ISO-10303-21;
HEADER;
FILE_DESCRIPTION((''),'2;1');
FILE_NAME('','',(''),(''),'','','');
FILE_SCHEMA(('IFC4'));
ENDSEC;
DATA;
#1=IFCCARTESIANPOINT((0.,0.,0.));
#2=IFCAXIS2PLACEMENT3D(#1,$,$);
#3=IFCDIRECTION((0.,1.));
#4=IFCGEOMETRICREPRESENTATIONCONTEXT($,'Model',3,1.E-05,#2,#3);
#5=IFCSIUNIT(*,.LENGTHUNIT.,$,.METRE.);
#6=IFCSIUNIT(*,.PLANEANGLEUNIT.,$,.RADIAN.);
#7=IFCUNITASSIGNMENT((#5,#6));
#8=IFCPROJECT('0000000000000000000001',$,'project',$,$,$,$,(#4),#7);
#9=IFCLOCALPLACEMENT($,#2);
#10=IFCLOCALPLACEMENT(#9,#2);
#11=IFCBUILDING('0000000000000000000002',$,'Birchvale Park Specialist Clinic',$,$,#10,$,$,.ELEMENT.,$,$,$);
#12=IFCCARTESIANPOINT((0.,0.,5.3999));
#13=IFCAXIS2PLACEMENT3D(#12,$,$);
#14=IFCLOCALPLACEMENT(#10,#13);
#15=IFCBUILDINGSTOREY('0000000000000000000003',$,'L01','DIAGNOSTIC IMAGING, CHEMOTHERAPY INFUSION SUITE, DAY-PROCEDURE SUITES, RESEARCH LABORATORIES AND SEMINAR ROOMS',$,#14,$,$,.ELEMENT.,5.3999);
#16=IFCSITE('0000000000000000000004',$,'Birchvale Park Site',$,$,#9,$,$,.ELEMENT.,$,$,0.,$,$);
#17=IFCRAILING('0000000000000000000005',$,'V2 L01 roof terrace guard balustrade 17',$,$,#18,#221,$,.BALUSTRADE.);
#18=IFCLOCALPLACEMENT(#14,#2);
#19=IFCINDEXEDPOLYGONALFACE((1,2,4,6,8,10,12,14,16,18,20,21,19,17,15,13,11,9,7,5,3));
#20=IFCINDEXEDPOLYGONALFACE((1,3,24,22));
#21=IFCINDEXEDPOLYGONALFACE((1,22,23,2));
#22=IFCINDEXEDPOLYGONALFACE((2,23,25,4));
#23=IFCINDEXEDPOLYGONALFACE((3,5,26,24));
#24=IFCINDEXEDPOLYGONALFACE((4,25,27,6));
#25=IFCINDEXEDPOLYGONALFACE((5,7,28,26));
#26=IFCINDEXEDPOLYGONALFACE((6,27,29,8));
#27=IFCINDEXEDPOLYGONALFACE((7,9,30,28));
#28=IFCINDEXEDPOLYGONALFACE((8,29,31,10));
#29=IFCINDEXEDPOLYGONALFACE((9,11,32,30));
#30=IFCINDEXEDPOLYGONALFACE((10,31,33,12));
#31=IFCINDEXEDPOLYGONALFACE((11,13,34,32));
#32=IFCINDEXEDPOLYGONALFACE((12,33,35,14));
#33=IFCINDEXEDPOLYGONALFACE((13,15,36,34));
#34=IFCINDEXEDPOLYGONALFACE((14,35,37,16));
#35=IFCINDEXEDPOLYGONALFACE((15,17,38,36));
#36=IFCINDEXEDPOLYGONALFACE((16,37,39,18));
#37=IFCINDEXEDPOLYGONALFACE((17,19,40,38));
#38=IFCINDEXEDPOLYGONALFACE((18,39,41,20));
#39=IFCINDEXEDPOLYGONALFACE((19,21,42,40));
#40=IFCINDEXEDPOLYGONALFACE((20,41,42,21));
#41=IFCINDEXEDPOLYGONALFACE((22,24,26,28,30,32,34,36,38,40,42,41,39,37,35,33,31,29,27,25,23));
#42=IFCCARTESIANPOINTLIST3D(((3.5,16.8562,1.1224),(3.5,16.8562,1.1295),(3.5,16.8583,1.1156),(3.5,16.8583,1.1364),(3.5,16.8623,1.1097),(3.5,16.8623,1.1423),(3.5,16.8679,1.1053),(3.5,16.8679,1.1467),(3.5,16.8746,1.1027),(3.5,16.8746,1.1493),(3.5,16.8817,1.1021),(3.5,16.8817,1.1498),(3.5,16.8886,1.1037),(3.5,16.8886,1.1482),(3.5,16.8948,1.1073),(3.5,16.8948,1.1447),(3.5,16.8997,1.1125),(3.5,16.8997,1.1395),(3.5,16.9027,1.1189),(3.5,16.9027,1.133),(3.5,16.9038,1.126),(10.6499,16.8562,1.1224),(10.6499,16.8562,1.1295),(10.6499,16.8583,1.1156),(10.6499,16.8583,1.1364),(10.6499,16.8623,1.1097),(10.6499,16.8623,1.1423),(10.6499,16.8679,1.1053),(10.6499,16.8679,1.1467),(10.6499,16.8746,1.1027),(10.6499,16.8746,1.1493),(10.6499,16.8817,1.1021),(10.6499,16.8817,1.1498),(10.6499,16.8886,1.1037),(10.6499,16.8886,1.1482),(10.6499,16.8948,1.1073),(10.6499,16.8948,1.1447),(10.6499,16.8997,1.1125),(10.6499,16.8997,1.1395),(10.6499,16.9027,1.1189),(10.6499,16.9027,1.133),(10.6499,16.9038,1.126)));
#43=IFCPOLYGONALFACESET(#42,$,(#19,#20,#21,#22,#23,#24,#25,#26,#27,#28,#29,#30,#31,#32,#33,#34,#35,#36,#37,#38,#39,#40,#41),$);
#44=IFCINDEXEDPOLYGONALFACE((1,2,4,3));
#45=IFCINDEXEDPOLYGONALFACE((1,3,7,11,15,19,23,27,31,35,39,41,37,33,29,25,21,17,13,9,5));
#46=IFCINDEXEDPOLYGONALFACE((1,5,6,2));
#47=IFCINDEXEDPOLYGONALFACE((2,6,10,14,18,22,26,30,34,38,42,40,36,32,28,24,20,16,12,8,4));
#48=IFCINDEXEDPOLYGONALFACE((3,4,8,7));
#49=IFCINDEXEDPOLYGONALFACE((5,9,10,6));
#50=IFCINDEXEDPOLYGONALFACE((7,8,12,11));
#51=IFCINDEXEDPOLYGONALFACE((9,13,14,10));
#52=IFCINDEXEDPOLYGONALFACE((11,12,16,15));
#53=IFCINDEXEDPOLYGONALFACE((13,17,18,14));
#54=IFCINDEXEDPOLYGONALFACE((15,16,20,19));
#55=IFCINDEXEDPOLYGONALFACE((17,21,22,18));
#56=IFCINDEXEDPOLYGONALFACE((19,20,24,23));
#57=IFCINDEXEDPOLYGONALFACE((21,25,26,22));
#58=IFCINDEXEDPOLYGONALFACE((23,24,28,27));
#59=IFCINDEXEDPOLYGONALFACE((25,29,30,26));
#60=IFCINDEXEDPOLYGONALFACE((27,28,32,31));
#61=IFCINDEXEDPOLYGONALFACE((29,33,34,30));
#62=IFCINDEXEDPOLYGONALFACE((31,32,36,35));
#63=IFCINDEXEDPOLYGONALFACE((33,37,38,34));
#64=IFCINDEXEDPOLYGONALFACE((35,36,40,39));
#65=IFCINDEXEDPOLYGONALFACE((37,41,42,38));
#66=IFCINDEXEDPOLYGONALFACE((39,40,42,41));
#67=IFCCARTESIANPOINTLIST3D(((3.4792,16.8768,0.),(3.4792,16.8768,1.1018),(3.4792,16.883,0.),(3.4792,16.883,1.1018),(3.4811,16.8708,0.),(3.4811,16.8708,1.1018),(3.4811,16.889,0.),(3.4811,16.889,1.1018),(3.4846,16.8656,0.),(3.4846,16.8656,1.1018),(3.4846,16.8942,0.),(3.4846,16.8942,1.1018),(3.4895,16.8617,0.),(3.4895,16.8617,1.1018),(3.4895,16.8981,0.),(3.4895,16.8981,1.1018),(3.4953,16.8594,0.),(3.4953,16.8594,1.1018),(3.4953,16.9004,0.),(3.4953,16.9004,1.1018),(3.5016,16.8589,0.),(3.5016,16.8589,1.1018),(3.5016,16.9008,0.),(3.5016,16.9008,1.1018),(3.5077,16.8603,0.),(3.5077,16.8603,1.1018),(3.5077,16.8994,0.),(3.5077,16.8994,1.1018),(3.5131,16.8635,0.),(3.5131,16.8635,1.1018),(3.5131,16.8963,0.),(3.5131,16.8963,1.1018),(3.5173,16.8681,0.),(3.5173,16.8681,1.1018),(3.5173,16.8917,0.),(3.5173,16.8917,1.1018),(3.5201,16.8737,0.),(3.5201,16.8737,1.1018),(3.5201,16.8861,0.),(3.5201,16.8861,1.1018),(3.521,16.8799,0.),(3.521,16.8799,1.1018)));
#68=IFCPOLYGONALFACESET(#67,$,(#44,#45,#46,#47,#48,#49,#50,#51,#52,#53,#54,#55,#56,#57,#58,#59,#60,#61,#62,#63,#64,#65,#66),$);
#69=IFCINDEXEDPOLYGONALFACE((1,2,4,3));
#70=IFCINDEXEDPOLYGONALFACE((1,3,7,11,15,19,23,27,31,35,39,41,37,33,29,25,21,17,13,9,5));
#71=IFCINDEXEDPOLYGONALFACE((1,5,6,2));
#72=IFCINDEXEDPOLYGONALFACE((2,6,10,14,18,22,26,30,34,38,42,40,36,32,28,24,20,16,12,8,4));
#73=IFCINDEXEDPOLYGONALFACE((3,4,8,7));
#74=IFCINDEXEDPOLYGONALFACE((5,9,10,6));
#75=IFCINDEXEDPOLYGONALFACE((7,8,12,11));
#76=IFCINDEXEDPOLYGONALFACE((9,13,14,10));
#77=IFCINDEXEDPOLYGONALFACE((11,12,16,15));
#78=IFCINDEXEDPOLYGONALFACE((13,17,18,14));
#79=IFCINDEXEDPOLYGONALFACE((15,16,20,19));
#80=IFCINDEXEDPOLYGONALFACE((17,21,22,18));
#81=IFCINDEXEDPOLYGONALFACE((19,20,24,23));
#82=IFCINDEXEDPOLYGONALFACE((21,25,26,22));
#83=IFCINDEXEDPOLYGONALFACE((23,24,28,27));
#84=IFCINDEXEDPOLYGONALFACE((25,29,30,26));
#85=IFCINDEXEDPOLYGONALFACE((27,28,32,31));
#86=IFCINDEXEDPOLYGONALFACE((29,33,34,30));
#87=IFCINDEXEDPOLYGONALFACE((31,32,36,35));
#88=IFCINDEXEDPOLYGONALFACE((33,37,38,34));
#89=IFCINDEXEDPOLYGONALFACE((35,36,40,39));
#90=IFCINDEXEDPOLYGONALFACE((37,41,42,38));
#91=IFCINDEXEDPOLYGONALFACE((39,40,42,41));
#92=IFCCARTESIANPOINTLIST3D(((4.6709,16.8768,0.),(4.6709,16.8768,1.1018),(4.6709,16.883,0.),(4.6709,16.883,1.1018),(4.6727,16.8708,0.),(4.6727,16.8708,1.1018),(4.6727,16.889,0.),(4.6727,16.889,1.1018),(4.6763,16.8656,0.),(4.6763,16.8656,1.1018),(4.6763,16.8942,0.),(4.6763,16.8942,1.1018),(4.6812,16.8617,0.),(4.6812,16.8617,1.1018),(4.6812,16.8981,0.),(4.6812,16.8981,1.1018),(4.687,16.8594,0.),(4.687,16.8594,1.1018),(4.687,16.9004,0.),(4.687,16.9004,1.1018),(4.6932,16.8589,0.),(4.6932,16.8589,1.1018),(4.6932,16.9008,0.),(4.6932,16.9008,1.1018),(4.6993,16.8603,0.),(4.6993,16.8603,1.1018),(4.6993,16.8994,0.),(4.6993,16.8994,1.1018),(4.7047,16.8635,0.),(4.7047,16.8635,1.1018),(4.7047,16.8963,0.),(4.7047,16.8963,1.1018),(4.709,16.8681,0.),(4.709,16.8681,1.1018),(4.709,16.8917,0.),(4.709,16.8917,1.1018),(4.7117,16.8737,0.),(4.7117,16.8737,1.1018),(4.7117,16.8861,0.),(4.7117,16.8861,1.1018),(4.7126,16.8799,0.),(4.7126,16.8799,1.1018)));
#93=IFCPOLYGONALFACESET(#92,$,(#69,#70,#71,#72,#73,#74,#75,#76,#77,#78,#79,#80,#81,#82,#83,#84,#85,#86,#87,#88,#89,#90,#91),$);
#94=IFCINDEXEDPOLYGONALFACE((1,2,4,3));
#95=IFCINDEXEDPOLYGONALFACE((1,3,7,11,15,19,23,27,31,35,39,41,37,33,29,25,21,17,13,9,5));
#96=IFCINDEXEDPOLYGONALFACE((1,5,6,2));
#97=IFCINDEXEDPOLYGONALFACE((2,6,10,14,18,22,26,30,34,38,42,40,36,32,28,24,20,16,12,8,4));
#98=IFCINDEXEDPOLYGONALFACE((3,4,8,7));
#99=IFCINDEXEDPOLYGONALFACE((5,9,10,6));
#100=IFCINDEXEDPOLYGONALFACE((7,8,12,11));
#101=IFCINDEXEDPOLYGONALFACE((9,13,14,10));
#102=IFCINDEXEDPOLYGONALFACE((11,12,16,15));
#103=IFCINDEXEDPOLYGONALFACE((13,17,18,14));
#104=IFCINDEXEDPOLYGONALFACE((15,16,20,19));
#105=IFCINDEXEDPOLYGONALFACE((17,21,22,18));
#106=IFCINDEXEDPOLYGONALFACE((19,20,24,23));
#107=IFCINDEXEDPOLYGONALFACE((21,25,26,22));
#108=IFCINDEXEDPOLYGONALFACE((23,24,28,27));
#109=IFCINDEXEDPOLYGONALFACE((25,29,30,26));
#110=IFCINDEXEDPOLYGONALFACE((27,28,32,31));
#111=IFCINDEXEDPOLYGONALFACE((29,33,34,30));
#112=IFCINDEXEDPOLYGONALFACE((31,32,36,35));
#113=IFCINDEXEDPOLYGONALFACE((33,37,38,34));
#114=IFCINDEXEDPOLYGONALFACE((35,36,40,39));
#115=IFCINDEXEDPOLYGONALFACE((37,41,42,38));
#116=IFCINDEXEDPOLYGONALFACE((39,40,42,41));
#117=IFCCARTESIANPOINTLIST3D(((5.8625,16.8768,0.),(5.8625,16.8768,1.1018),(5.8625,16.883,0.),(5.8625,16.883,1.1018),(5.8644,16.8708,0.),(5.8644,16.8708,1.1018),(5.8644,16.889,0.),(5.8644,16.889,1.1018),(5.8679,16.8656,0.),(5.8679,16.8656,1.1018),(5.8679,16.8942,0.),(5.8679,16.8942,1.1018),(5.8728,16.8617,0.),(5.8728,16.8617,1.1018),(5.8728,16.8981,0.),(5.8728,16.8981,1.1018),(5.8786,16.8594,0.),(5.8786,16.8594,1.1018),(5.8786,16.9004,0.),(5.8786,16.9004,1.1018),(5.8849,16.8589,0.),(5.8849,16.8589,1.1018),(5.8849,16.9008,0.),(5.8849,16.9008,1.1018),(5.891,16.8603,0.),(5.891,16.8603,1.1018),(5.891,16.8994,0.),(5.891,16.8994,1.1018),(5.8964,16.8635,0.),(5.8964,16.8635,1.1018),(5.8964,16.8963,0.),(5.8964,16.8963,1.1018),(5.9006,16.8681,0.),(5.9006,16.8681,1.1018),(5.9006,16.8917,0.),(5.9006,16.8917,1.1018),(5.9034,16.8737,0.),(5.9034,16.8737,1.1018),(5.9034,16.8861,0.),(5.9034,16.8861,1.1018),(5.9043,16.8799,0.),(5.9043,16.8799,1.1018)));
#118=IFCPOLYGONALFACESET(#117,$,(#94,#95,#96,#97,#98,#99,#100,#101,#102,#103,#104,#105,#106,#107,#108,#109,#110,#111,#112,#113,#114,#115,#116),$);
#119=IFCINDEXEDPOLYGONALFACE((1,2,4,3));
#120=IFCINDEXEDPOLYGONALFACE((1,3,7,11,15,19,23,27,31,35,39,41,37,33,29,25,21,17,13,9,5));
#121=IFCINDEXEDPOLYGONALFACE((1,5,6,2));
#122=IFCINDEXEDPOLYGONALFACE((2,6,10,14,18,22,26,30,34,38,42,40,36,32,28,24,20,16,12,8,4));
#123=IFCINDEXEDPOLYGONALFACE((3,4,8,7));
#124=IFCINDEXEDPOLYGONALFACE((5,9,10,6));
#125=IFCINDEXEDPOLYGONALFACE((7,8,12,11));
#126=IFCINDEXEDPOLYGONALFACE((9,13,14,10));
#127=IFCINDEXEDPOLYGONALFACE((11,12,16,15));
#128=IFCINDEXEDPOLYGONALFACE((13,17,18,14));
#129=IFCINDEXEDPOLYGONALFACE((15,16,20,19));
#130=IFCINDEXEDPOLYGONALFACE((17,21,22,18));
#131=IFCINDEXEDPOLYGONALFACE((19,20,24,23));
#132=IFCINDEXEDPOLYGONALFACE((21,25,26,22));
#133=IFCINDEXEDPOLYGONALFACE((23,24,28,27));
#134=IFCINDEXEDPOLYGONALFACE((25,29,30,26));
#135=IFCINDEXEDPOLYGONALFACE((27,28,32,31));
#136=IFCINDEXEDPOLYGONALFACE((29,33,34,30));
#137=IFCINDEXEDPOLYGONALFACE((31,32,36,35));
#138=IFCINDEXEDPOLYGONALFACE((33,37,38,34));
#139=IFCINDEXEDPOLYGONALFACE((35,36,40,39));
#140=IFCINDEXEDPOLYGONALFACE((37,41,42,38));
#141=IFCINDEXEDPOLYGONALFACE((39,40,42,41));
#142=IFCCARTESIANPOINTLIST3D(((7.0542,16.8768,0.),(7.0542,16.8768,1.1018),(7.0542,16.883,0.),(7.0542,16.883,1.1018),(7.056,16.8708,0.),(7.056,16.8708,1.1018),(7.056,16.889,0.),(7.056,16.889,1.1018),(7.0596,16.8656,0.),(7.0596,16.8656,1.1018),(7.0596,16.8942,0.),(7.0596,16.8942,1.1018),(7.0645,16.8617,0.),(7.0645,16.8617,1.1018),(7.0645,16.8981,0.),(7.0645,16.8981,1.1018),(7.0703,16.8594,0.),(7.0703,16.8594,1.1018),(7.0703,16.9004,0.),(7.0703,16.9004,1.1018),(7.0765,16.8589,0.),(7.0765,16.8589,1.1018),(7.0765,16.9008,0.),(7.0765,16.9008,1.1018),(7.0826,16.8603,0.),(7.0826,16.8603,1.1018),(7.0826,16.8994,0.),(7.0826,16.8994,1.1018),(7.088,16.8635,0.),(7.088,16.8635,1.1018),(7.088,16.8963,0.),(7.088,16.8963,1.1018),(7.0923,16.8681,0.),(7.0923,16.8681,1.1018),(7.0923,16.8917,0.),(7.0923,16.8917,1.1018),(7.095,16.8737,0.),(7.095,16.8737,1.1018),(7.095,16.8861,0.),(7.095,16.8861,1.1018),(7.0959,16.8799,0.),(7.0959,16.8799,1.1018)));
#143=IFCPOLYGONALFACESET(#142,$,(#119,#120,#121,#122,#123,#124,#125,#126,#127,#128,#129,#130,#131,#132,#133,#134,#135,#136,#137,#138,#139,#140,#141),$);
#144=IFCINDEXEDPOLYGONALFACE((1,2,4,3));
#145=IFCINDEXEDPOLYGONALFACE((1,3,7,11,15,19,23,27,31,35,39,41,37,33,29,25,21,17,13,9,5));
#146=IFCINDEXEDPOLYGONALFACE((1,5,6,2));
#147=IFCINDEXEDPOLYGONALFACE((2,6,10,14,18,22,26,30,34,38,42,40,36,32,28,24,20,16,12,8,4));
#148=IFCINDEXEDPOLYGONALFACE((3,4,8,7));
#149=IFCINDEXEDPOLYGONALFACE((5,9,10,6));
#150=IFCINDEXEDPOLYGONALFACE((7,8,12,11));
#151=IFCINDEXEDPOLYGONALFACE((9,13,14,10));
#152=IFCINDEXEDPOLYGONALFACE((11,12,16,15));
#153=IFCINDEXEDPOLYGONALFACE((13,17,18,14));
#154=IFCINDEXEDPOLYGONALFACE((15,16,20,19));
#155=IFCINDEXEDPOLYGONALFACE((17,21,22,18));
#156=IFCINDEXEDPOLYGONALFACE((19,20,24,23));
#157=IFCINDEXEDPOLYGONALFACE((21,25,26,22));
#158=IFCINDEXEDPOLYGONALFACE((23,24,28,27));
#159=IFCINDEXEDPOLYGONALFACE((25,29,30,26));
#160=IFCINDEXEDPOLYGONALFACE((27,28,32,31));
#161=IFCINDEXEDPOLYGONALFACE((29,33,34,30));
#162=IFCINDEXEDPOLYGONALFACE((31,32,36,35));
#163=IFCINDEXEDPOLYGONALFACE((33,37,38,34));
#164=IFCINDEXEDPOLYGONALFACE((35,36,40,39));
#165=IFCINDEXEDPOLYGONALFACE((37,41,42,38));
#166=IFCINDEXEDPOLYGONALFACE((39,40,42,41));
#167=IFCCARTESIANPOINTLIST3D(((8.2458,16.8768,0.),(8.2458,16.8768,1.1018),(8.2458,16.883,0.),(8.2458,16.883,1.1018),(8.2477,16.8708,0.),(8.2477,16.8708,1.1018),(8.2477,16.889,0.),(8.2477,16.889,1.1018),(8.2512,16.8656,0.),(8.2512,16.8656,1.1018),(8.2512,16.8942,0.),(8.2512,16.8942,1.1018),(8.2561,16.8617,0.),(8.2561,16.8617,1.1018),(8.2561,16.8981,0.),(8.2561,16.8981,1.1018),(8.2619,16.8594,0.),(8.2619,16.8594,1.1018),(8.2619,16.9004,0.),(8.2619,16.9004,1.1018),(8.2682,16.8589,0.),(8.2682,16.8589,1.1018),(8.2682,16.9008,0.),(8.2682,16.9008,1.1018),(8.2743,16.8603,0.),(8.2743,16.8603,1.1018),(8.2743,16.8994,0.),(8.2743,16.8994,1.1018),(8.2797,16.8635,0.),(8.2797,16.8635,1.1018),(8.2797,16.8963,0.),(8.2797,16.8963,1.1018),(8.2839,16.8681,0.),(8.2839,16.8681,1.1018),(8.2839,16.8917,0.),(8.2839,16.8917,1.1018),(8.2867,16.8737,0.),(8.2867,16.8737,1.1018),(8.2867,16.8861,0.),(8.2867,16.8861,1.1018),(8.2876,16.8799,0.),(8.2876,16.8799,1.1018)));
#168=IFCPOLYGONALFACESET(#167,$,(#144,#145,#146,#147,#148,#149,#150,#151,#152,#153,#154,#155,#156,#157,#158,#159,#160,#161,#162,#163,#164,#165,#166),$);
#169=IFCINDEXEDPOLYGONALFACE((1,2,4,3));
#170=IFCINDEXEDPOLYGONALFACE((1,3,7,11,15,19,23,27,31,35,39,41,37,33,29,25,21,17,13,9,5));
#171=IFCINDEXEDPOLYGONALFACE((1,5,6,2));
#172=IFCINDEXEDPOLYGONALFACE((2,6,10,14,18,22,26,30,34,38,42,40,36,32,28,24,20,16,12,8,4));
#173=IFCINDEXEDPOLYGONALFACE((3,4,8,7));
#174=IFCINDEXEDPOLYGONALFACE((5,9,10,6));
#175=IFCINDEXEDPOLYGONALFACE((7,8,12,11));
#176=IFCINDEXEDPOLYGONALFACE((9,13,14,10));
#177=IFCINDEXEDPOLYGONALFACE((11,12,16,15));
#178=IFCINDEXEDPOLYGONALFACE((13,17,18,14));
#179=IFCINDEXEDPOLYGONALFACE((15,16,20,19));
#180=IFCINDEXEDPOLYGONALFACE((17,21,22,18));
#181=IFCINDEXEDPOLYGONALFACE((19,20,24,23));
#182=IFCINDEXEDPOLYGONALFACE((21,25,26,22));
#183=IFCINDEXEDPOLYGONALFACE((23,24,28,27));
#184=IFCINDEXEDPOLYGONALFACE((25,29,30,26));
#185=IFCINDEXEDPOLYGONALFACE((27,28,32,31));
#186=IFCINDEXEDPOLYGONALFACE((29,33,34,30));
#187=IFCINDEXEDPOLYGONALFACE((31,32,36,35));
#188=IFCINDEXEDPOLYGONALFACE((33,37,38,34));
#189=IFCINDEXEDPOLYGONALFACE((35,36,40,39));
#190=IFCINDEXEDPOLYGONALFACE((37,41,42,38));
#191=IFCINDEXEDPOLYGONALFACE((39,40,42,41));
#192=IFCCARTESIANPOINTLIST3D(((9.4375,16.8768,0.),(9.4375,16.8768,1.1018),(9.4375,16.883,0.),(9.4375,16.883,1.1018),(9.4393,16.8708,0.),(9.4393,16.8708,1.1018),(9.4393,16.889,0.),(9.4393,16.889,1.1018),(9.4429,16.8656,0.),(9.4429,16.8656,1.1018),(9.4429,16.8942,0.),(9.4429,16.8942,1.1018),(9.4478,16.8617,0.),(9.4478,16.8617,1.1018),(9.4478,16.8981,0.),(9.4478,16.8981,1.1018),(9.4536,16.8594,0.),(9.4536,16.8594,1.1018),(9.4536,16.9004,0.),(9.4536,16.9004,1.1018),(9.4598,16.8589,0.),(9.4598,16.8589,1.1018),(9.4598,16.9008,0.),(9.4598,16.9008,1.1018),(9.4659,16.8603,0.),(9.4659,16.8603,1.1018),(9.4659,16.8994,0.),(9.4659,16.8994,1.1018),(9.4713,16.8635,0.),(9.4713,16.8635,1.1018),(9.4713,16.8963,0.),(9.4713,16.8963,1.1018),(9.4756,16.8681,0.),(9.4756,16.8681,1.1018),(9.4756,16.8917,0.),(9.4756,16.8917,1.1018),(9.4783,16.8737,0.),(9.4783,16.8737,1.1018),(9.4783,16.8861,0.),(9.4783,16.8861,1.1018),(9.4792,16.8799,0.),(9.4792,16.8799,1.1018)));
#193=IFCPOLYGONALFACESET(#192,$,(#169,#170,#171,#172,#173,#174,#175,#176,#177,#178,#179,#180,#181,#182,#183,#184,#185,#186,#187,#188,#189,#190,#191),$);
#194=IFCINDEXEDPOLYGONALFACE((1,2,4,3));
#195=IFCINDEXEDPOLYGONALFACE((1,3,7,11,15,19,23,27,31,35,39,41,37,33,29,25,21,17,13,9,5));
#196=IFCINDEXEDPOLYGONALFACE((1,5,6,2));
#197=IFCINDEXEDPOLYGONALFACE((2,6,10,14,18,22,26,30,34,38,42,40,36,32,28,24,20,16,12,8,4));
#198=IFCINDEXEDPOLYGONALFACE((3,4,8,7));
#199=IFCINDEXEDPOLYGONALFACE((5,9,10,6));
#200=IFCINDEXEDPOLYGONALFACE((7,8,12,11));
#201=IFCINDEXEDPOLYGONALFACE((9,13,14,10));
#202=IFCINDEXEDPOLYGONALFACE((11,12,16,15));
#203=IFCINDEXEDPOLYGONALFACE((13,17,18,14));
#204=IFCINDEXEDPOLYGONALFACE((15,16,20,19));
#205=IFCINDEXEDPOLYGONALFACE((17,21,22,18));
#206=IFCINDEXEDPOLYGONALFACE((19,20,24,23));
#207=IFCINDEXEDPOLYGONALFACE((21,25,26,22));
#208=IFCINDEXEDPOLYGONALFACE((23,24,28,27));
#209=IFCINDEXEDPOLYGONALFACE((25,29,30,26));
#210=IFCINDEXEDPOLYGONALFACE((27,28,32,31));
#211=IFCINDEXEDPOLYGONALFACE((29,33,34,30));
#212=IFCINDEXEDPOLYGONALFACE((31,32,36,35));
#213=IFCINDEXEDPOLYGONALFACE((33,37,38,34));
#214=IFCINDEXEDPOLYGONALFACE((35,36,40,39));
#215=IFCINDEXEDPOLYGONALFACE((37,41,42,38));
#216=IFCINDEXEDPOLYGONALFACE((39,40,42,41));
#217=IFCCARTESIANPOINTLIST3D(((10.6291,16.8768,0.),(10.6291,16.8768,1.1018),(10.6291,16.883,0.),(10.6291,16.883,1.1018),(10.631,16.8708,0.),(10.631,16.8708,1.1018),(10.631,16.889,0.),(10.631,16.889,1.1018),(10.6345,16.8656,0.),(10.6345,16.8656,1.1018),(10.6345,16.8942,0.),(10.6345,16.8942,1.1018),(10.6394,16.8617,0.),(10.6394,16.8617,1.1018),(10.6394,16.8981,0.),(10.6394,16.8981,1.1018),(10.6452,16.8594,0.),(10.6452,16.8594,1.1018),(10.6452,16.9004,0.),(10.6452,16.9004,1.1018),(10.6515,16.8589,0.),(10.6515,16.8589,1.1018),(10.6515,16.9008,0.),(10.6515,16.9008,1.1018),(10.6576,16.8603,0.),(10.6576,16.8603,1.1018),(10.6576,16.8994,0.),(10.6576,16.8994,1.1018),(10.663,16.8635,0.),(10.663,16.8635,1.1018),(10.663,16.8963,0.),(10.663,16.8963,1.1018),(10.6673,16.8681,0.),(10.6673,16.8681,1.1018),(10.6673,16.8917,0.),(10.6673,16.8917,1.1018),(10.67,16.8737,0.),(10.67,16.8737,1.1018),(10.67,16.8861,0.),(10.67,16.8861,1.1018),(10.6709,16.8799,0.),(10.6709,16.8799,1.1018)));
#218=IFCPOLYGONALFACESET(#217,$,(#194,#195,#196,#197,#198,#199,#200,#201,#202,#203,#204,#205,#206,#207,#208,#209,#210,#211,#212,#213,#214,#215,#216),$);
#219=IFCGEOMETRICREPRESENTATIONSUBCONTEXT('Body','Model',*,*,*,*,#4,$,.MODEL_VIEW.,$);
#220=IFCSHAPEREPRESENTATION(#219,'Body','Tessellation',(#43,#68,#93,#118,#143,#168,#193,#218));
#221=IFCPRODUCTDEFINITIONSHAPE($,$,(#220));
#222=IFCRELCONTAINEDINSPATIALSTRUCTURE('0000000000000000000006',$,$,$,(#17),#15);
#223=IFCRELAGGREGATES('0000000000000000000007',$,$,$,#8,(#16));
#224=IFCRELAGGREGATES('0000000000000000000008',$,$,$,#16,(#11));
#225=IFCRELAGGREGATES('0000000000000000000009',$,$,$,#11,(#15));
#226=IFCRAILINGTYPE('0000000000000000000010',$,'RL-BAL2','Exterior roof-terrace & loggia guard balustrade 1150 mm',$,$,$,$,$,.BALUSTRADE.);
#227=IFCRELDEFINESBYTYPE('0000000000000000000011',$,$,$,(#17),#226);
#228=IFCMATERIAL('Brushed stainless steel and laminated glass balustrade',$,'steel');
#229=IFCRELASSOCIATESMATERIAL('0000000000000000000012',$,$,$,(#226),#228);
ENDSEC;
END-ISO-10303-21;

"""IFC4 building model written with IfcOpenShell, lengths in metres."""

from ifc_helpers import new_model, si_unit, direction, frame, origin, origin_2d, place, context, subcontext, project, spatial, circle, extrude, material, type_object, element, save


model = new_model("IFC4")

# Units and contexts
model_context = context("Model", 3, precision=1e-05, world=origin(), true_north=direction((0.0, 1.0)))
body_context = subcontext(model_context, "Body", "Model", "MODEL_VIEW")
ifc_project = project(units=[si_unit("LENGTHUNIT", "METRE"), si_unit("PLANEANGLEUNIT", "RADIAN")], contexts=[model_context])

# Site, building, storey
site_placement = place(None, origin())
site = spatial("IfcSite", under=ifc_project, at=site_placement, Name="Birchvale Park Site", CompositionType="ELEMENT", RefElevation=0.0)
building_placement = place(site_placement, origin())
building = spatial("IfcBuilding", under=site, at=building_placement, Name="Birchvale Park Specialist Clinic", CompositionType="ELEMENT")
storey_placement = place(building_placement, frame((0.0, 0.0, 5.3999)))
storey = spatial("IfcBuildingStorey", under=building, at=storey_placement, Name="L01", Description="DIAGNOSTIC IMAGING, CHEMOTHERAPY INFUSION SUITE, DAY-PROCEDURE SUITES, RESEARCH LABORATORIES AND SEMINAR ROOMS", CompositionType="ELEMENT", Elevation=5.3999)

# Railing
ifc_material_1 = material(Name="Brushed stainless steel and laminated glass balustrade", Category="steel")
railing_type = type_object("IfcRailingType", Name="RL-BAL2", Description="Exterior roof-terrace & loggia guard balustrade 1150 mm", PredefinedType="BALUSTRADE", material=ifc_material_1)
railing_1_placement = place(storey_placement, frame((3.5, 16.8799, 0.0)))
element("IfcRailing", 1, at=railing_1_placement, inside=storey, type_object=railing_type, Name="V2 L01 roof terrace guard balustrade 17", PredefinedType="BALUSTRADE", context=body_context, shape_type="SweptSolid", body=[
    extrude(circle(Radius=0.0239, at=origin_2d()), frame((0.0, 0.0, 1.126), z_axis=(1.0, 0.0, 0.0), x_axis=(0.0, 1.0, 0.0)), (0.0, 0.0, 1.0), 7.1499),
    extrude(circle(Radius=0.021, at=origin_2d()), origin(), (0.0, 0.0, 1.0), 1.1018),
    extrude(circle(Radius=0.021, at=origin_2d()), frame((1.1917, 0.0, 0.0)), (0.0, 0.0, 1.0), 1.1018),
    extrude(circle(Radius=0.021, at=origin_2d()), frame((2.3833, 0.0, 0.0)), (0.0, 0.0, 1.0), 1.1018),
    extrude(circle(Radius=0.021, at=origin_2d()), frame((3.575, 0.0, 0.0)), (0.0, 0.0, 1.0), 1.1018),
    extrude(circle(Radius=0.021, at=origin_2d()), frame((4.7666, 0.0, 0.0)), (0.0, 0.0, 1.0), 1.1018),
    extrude(circle(Radius=0.021, at=origin_2d()), frame((5.9583, 0.0, 0.0)), (0.0, 0.0, 1.0), 1.1018),
    extrude(circle(Radius=0.021, at=origin_2d()), frame((7.1499, 0.0, 0.0)), (0.0, 0.0, 1.0), 1.1018),
])

save(model, "model.ifc")
